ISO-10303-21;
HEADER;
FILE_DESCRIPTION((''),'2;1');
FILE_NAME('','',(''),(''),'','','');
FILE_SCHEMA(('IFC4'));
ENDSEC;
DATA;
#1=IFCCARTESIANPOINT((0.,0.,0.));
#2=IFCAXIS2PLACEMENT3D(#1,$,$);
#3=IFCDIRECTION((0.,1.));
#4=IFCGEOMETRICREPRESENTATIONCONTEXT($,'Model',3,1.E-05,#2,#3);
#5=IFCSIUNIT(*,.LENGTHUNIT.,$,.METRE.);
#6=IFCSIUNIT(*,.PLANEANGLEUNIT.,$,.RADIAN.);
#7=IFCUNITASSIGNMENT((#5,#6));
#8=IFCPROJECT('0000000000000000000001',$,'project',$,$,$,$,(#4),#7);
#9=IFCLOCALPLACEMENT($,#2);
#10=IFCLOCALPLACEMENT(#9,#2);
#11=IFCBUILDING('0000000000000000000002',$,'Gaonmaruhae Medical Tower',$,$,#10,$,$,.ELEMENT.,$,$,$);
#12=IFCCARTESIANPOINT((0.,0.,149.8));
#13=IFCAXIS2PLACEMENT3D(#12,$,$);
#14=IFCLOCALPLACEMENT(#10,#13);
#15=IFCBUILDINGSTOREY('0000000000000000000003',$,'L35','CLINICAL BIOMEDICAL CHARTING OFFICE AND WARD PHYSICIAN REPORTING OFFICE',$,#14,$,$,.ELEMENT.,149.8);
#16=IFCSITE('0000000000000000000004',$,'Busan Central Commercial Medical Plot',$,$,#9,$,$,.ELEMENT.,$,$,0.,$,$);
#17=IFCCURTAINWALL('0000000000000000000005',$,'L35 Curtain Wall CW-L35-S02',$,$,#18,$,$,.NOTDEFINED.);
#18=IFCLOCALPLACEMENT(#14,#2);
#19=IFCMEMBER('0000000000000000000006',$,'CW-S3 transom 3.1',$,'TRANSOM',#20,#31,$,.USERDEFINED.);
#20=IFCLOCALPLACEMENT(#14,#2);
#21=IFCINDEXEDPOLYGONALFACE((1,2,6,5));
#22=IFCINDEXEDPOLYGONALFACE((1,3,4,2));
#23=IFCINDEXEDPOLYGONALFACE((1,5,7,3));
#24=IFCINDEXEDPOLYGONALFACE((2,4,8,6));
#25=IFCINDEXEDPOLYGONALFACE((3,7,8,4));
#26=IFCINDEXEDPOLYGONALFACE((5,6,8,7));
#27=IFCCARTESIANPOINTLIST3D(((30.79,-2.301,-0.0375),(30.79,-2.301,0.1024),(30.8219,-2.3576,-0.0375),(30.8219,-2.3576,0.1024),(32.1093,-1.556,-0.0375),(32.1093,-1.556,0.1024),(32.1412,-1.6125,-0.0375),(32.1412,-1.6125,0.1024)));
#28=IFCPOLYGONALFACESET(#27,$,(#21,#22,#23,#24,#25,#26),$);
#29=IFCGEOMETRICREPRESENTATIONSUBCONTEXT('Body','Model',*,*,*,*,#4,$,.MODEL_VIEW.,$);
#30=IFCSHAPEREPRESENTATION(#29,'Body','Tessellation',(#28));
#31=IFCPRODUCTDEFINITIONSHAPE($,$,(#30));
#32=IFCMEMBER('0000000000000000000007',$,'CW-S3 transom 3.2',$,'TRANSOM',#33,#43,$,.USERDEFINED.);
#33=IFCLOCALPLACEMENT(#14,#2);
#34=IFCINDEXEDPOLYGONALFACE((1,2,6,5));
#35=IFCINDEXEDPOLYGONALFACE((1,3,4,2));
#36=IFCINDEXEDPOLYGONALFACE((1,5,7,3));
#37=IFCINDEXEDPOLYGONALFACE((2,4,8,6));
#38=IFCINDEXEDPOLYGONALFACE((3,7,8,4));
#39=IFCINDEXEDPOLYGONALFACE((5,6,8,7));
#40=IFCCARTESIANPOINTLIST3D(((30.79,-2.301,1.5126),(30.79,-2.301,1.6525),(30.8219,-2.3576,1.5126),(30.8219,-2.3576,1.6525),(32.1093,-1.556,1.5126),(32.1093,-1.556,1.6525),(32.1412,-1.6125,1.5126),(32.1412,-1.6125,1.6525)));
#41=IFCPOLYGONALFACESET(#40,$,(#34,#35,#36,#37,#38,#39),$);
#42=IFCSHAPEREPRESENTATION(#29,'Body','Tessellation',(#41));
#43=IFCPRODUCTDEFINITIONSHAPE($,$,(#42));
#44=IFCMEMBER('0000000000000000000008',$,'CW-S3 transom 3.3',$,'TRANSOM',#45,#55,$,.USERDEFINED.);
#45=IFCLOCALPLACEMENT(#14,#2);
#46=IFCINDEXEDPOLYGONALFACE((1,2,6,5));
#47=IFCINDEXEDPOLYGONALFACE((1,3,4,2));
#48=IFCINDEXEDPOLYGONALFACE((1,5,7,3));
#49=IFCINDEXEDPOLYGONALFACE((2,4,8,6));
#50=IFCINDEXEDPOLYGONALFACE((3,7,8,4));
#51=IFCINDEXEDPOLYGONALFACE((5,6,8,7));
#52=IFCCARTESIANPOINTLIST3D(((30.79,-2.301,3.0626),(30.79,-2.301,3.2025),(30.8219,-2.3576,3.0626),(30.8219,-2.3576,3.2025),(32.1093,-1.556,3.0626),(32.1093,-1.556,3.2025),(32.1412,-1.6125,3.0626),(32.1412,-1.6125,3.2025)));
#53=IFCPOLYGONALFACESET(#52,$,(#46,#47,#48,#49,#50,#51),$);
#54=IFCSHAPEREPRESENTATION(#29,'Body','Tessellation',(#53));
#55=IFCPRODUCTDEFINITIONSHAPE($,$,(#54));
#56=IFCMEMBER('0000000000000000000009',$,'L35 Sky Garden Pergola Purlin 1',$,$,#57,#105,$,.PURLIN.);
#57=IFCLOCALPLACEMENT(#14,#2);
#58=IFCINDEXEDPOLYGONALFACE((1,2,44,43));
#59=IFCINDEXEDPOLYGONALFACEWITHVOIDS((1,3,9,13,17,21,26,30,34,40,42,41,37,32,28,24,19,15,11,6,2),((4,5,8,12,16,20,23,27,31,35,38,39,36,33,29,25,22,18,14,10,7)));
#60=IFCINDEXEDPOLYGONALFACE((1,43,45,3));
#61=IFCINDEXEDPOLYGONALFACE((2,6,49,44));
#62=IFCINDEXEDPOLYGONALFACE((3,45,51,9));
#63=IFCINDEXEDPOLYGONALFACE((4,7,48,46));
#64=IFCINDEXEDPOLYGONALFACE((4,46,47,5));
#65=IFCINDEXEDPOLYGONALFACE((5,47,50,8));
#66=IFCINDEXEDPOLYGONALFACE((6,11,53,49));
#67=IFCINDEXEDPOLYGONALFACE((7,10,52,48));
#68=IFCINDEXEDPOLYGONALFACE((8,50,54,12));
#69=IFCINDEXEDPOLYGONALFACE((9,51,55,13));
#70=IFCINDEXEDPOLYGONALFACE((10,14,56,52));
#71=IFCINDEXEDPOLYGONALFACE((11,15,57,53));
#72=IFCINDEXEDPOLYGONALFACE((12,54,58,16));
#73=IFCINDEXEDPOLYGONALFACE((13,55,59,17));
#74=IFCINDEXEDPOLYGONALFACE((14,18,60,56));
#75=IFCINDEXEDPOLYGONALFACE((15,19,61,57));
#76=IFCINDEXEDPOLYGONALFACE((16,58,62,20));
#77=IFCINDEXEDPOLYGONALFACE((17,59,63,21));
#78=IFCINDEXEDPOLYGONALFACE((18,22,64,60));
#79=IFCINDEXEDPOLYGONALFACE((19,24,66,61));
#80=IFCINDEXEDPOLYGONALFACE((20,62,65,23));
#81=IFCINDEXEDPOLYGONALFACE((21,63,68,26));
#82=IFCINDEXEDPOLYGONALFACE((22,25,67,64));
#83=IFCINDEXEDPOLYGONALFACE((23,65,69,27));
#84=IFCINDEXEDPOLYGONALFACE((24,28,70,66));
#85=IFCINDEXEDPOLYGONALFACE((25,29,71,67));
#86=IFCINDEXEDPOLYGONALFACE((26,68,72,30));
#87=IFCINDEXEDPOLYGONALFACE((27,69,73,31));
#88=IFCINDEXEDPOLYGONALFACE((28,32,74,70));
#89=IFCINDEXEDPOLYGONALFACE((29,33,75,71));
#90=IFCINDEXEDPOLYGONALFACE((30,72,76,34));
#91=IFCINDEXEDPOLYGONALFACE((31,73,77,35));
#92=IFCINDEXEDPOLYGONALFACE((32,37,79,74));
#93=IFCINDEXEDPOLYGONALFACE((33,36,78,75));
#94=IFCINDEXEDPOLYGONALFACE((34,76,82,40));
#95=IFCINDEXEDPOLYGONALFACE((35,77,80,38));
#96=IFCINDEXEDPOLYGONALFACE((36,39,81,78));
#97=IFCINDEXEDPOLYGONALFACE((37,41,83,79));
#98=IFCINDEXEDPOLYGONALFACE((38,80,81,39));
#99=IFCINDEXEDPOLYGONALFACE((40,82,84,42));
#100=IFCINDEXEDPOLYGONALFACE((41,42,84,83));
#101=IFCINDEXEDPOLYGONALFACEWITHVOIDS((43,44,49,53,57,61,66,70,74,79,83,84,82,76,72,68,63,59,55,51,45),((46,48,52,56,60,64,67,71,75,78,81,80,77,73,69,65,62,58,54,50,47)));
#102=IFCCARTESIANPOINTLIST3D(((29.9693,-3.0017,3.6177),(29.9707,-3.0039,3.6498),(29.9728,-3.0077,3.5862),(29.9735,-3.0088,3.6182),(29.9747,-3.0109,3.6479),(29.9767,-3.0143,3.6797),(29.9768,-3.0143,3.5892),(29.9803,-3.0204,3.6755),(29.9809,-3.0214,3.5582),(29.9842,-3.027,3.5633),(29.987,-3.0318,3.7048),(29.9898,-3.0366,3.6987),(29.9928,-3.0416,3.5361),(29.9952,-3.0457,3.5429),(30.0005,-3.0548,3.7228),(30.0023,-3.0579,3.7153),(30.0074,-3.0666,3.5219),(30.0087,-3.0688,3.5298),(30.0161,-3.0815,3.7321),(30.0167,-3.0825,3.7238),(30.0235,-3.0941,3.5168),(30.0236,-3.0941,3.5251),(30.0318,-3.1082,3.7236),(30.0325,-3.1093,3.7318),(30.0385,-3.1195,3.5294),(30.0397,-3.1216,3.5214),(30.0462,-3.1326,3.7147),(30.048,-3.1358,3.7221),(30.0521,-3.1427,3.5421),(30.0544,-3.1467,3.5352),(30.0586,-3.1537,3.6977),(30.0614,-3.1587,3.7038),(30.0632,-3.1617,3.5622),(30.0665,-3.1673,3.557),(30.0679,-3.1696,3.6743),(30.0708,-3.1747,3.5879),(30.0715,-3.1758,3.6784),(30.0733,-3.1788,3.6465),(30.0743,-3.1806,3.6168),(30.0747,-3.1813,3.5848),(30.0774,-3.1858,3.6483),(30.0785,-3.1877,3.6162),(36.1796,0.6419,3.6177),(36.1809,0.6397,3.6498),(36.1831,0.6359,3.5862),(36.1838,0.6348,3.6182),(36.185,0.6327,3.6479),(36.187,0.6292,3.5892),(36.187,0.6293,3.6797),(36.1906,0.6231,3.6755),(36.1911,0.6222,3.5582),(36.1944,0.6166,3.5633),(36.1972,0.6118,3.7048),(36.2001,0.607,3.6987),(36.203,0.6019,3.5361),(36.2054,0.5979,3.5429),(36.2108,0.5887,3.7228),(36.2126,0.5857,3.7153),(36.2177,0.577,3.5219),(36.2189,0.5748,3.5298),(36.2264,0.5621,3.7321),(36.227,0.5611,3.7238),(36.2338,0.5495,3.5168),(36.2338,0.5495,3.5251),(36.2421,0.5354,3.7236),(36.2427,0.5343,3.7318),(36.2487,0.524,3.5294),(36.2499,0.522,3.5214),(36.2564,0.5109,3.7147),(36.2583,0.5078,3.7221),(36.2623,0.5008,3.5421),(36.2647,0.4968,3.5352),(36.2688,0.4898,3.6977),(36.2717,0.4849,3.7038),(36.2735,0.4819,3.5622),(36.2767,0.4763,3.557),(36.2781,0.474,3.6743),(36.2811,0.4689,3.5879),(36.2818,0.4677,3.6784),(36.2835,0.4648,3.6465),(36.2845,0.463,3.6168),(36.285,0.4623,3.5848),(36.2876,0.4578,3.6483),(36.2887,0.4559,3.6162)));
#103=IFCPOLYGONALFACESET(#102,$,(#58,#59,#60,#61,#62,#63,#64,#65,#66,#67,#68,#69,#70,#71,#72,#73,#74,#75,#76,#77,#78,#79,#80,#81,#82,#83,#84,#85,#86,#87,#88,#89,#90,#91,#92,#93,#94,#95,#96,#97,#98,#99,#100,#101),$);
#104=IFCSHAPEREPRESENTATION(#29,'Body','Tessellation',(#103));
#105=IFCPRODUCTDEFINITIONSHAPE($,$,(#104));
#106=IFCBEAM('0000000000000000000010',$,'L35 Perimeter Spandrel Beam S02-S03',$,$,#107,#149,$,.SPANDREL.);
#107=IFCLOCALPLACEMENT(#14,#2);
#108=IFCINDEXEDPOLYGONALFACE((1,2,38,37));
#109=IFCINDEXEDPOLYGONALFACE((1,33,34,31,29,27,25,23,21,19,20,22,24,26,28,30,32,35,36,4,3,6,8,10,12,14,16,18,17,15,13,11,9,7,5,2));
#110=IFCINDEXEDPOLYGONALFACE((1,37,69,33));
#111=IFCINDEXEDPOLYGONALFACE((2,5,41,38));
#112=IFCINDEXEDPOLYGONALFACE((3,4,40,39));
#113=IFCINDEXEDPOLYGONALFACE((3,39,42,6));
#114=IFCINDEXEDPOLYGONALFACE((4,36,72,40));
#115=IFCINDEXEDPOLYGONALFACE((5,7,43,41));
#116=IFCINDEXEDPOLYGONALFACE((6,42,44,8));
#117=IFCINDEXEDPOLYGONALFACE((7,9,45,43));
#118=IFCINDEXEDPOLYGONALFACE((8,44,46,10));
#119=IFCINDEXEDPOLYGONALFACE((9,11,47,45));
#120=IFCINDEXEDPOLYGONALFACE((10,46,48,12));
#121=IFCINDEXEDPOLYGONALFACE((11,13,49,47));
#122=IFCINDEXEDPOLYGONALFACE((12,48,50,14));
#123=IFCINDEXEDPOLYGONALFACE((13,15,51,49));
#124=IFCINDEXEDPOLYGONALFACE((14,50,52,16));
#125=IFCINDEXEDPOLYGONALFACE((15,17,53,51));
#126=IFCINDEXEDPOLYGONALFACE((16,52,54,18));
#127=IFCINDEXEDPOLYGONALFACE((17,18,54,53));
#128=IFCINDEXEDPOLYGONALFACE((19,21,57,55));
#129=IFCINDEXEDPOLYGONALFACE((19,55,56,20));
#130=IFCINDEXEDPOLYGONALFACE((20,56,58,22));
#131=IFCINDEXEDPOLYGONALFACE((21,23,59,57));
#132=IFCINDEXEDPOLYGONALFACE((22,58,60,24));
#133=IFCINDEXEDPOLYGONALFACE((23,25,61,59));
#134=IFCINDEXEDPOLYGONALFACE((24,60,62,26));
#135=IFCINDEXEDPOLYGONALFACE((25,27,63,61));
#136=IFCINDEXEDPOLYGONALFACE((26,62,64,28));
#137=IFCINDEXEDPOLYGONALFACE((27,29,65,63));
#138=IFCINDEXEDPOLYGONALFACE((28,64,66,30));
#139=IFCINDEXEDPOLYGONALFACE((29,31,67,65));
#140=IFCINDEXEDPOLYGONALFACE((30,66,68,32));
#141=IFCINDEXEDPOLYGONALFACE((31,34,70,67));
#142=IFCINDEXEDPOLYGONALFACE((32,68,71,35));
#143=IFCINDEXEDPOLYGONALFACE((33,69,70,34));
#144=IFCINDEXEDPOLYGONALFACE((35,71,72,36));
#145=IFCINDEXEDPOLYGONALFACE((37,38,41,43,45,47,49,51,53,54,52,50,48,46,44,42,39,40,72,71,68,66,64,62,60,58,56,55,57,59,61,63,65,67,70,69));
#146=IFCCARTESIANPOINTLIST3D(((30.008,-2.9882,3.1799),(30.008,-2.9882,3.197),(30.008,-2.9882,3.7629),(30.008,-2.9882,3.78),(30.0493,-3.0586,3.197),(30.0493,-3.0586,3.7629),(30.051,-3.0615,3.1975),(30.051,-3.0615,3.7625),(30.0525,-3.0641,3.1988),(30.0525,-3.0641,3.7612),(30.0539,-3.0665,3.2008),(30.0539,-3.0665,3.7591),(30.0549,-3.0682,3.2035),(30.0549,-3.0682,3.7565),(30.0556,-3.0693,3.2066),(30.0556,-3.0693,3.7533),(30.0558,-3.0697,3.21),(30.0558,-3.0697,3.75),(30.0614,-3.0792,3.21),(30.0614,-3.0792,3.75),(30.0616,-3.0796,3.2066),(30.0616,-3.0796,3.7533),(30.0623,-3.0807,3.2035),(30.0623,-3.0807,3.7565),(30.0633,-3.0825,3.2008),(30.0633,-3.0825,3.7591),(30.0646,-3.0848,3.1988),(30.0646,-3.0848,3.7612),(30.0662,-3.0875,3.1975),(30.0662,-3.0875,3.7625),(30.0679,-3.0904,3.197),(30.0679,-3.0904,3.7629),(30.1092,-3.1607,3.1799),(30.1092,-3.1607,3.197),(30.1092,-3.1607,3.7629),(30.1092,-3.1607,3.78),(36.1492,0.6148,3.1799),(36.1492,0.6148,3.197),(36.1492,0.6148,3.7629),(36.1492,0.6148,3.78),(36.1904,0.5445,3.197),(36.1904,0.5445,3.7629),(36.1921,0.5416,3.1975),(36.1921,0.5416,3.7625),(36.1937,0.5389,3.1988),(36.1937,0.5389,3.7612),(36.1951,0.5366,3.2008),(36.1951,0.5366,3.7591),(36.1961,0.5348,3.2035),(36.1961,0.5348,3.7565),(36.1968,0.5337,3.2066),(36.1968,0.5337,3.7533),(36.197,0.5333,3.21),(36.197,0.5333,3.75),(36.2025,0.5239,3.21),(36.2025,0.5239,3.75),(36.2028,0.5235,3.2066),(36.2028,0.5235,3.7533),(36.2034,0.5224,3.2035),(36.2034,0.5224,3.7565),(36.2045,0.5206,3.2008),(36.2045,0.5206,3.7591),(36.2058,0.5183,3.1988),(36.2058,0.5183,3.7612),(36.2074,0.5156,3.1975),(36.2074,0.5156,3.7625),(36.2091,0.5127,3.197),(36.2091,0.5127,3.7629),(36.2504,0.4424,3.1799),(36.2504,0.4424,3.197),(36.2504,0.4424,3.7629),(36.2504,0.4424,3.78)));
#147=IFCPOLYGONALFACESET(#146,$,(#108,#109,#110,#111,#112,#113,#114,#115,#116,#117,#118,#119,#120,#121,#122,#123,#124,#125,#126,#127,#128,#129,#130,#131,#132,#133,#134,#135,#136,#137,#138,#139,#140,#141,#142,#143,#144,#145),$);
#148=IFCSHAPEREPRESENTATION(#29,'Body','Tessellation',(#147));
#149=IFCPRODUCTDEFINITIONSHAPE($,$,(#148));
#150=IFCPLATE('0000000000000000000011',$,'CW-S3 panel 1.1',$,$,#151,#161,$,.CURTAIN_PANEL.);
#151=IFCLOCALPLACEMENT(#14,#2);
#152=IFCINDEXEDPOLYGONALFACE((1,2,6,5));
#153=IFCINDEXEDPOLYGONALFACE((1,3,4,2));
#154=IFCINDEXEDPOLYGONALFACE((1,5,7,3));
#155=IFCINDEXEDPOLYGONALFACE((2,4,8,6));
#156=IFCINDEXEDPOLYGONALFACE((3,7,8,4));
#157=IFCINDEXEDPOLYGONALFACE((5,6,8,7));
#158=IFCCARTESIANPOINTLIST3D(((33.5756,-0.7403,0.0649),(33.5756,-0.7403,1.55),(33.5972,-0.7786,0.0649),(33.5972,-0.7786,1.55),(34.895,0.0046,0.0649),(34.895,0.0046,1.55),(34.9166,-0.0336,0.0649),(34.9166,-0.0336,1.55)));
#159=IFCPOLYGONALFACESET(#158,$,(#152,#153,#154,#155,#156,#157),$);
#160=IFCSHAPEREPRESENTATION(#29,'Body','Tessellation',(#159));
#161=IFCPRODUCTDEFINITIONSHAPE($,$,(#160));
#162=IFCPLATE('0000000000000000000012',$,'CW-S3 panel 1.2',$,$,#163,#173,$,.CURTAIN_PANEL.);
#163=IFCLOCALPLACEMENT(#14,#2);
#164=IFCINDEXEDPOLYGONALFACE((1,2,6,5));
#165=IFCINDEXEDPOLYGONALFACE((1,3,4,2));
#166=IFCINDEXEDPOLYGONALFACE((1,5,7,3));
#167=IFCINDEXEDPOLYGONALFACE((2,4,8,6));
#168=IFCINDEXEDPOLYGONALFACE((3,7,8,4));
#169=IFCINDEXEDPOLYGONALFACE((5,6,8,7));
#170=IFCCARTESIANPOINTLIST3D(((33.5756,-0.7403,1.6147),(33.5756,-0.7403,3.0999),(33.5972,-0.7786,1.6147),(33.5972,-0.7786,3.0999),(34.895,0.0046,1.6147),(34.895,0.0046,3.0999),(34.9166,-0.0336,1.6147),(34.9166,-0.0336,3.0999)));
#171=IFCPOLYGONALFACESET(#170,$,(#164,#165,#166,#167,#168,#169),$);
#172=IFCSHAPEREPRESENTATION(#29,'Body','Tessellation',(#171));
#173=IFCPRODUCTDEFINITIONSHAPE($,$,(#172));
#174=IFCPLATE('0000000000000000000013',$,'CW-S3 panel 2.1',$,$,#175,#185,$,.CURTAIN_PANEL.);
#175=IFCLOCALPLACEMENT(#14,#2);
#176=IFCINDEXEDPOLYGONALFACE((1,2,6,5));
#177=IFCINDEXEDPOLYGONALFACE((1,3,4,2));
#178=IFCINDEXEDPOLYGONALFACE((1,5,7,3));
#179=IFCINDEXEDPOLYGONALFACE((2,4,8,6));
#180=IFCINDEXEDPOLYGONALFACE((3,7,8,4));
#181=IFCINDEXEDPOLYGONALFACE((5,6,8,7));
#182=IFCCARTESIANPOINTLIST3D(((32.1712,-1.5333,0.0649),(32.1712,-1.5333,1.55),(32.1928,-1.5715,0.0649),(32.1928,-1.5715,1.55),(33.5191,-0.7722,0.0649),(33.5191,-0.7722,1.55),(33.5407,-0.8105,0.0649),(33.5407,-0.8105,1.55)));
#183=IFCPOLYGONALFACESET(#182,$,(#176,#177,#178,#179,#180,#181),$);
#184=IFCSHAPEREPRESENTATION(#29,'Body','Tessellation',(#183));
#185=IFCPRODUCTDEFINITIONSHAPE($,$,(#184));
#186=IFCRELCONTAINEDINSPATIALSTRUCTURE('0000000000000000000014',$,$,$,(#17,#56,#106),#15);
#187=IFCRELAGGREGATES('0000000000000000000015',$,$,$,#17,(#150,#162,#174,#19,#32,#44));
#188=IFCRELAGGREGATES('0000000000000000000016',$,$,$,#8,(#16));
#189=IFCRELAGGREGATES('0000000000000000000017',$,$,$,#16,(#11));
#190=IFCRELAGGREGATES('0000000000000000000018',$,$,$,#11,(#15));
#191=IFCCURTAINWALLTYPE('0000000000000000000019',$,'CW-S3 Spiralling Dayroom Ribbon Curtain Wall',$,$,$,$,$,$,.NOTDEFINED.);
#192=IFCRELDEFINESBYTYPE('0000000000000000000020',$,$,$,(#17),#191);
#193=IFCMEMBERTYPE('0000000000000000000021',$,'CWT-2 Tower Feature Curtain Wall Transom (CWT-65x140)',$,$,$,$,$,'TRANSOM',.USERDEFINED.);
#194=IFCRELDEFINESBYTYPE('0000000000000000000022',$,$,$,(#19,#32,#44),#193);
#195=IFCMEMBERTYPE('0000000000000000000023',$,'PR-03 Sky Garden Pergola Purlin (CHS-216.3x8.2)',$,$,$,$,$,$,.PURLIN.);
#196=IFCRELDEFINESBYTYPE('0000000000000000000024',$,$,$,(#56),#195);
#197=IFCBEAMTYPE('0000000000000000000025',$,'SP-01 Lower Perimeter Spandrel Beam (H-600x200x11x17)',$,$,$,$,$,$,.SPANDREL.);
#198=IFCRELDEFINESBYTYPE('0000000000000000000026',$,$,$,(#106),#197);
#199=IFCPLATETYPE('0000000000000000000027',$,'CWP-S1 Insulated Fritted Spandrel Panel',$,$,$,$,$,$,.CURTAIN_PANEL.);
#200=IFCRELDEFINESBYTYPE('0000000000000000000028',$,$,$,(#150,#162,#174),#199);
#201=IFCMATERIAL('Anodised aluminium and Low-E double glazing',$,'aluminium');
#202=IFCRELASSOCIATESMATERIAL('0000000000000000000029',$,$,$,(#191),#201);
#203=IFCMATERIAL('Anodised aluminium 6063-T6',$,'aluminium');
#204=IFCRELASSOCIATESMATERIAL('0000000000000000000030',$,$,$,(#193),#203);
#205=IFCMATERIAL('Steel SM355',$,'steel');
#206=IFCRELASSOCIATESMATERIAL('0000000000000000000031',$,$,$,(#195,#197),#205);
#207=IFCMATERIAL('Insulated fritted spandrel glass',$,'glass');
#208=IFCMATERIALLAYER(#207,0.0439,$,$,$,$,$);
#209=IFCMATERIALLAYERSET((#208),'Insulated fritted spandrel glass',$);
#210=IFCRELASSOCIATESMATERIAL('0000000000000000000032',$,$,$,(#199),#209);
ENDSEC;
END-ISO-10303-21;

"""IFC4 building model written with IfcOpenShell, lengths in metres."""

from ifc_helpers import new_model, si_unit, direction, frame, origin, origin_2d, place, context, subcontext, project, spatial, rectangle, hollow_circle, i_section, extrude, material, layer, layer_set, material_profile, profile_set, type_object, element, aggregate, save


model = new_model("IFC4")

# Units and contexts
model_context = context("Model", 3, precision=1e-05, world=origin(), true_north=direction((0.0, 1.0)))
body_context = subcontext(model_context, "Body", "Model", "MODEL_VIEW")
ifc_project = project(units=[si_unit("LENGTHUNIT", "METRE"), si_unit("PLANEANGLEUNIT", "RADIAN")], contexts=[model_context])

# Site, building, storey
site_placement = place(None, origin())
site = spatial("IfcSite", under=ifc_project, at=site_placement, Name="Busan Central Commercial Medical Plot", CompositionType="ELEMENT", RefElevation=0.0)
building_placement = place(site_placement, origin())
building = spatial("IfcBuilding", under=site, at=building_placement, Name="Gaonmaruhae Medical Tower", CompositionType="ELEMENT")
storey_placement = place(building_placement, frame((0.0, 0.0, 149.8)))
storey = spatial("IfcBuildingStorey", under=building, at=storey_placement, Name="L35", Description="CLINICAL BIOMEDICAL CHARTING OFFICE AND WARD PHYSICIAN REPORTING OFFICE", CompositionType="ELEMENT", Elevation=149.8)

# Shared definitions
ifc_material_1 = material(Name="Anodised aluminium and Low-E double glazing", Category="aluminium")
ifc_material_2 = material(Name="Anodised aluminium 6063-T6", Category="aluminium")

# Curtain wall
curtain_wall_type_1 = type_object("IfcCurtainWallType", Name="CW-S3 Spiralling Dayroom Ribbon Curtain Wall", PredefinedType="NOTDEFINED", material=ifc_material_1)
curtain_wall_1_placement = place(storey_placement, origin())
curtain_wall_1 = element("IfcCurtainWall", 1, at=curtain_wall_1_placement, inside=storey, type_object=curtain_wall_type_1, Name="L35 Curtain Wall CW-L35-S02", PredefinedType="NOTDEFINED")

# Members
ifc_material_profile_1 = material_profile(ifc_material_2, rectangle(XDim=0.0649, YDim=0.1399, at=origin_2d()), Name="CWT-65x140")
ifc_profile_set_1 = profile_set([ifc_material_profile_1], Name="Anodised aluminium 6063-T6")
member_type_1 = type_object("IfcMemberType", Name="CWT-2 Tower Feature Curtain Wall Transom (CWT-65x140)", ElementType="TRANSOM", PredefinedType="USERDEFINED", material=ifc_profile_set_1)
member_1_placement = place(storey_placement, frame((32.1252, -1.5842, 0.0325), z_axis=(-0.870731, -0.49176, 0.0), x_axis=(0.49176, -0.870731, 0.0)))
member_1 = element("IfcMember", 2, at=member_1_placement, type_object=member_type_1, Name="CW-S3 transom 3.1", ObjectType="TRANSOM", PredefinedType="USERDEFINED", context=body_context, shape_type="SweptSolid", body=[
    extrude(rectangle(XDim=0.0649, YDim=0.1399, at=origin_2d()), origin(), (0.0, 0.0, 1.0), 1.5151),
])
member_2_placement = place(storey_placement, frame((32.1252, -1.5842, 1.5825), z_axis=(-0.870731, -0.49176, 0.0), x_axis=(0.49176, -0.870731, 0.0)))
member_2 = element("IfcMember", 3, at=member_2_placement, type_object=member_type_1, Name="CW-S3 transom 3.2", ObjectType="TRANSOM", PredefinedType="USERDEFINED", context=body_context, shape_type="SweptSolid", body=[
    extrude(rectangle(XDim=0.0649, YDim=0.1399, at=origin_2d()), origin(), (0.0, 0.0, 1.0), 1.5151),
])
member_3_placement = place(storey_placement, frame((32.1252, -1.5842, 3.1326), z_axis=(-0.870731, -0.49176, 0.0), x_axis=(0.49176, -0.870731, 0.0)))
member_3 = element("IfcMember", 4, at=member_3_placement, type_object=member_type_1, Name="CW-S3 transom 3.3", ObjectType="TRANSOM", PredefinedType="USERDEFINED", context=body_context, shape_type="SweptSolid", body=[
    extrude(rectangle(XDim=0.0649, YDim=0.1399, at=origin_2d()), origin(), (0.0, 0.0, 1.0), 1.5151),
])
ifc_material_3 = material(Name="Steel SM355", Category="steel")
ifc_material_profile_2 = material_profile(ifc_material_3, hollow_circle(Radius=0.1082, WallThickness=0.0083, at=origin_2d()), Name="CHS-216.3x8.2")
ifc_profile_set_2 = profile_set([ifc_material_profile_2], Name="Steel SM355")
member_type_2 = type_object("IfcMemberType", Name="PR-03 Sky Garden Pergola Purlin (CHS-216.3x8.2)", PredefinedType="PURLIN", material=ifc_profile_set_2)
member_4_placement = place(storey_placement, frame((30.0239, -3.0947, 3.625), z_axis=(0.862511, 0.506039, 0.0), x_axis=(-0.436465, 0.743927, 0.506034)))
element("IfcMember", 5, at=member_4_placement, inside=storey, type_object=member_type_2, Name="L35 Sky Garden Pergola Purlin 1", PredefinedType="PURLIN", context=body_context, shape_type="SweptSolid", body=[
    extrude(hollow_circle(Radius=0.1082, WallThickness=0.0083, at=origin_2d()), origin(), (0.0, 0.0, 1.0), 7.2002),
])

# Beam
ifc_material_profile_3 = material_profile(ifc_material_3, i_section(OverallWidth=0.2, OverallDepth=0.6001, WebThickness=0.011, FlangeThickness=0.0171, FilletRadius=0.0129, at=origin_2d()), Name="H-600x200x11x17")
ifc_profile_set_3 = profile_set([ifc_material_profile_3], Name="Steel SM355")
beam_type = type_object("IfcBeamType", Name="SP-01 Lower Perimeter Spandrel Beam (H-600x200x11x17)", PredefinedType="SPANDREL", material=ifc_profile_set_3)
beam_placement = place(storey_placement, frame((30.0586, -3.0745, 3.48), z_axis=(0.86251, 0.50604, 0.0), x_axis=(-0.50604, 0.86251, 0.0)))
element("IfcBeam", 6, at=beam_placement, inside=storey, type_object=beam_type, Name="L35 Perimeter Spandrel Beam S02-S03", PredefinedType="SPANDREL", context=body_context, shape_type="SweptSolid", body=[
    extrude(i_section(OverallWidth=0.2, OverallDepth=0.6001, WebThickness=0.011, FlangeThickness=0.0171, FilletRadius=0.0129, at=origin_2d()), origin(), (0.0, 0.0, 1.0), 7.1201),
])

# Plates
ifc_material_4 = material(Name="Insulated fritted spandrel glass", Category="glass")
ifc_layer_1 = layer(ifc_material_4, 0.0439)
ifc_layer_set_1 = layer_set([ifc_layer_1], Name="Insulated fritted spandrel glass")
plate_type_1 = type_object("IfcPlateType", Name="CWP-S1 Insulated Fritted Spandrel Panel", PredefinedType="CURTAIN_PANEL", material=ifc_layer_set_1)
plate_1_placement = place(storey_placement, frame((34.2461, -0.387, 0.0649), z_axis=(0.0, 0.0, 1.0), x_axis=(-0.870786, -0.491663, 0.0)))
plate_1 = element("IfcPlate", 7, at=plate_1_placement, type_object=plate_type_1, Name="CW-S3 panel 1.1", PredefinedType="CURTAIN_PANEL", context=body_context, shape_type="SweptSolid", body=[
    extrude(rectangle(XDim=1.5151, YDim=0.0439, at=origin_2d()), origin(), (0.0, 0.0, 1.0), 1.4851),
])
plate_2_placement = place(storey_placement, frame((34.2461, -0.387, 1.6147), z_axis=(0.0, 0.0, 1.0), x_axis=(-0.870786, -0.491663, 0.0)))
plate_2 = element("IfcPlate", 8, at=plate_2_placement, type_object=plate_type_1, Name="CW-S3 panel 1.2", PredefinedType="CURTAIN_PANEL", context=body_context, shape_type="SweptSolid", body=[
    extrude(rectangle(XDim=1.5151, YDim=0.0439, at=origin_2d()), origin(), (0.0, 0.0, 1.0), 1.4851),
])
plate_3_placement = place(storey_placement, frame((32.856, -1.1719, 0.0649), z_axis=(0.0, 0.0, 1.0), x_axis=(-0.870786, -0.491663, 0.0)))
plate_3 = element("IfcPlate", 9, at=plate_3_placement, type_object=plate_type_1, Name="CW-S3 panel 2.1", PredefinedType="CURTAIN_PANEL", context=body_context, shape_type="SweptSolid", body=[
    extrude(rectangle(XDim=1.5479, YDim=0.0439, at=origin_2d()), origin(), (0.0, 0.0, 1.0), 1.4851),
])
aggregate(curtain_wall_1, [plate_1, plate_2, plate_3, member_1, member_2, member_3])

save(model, "model.ifc")
